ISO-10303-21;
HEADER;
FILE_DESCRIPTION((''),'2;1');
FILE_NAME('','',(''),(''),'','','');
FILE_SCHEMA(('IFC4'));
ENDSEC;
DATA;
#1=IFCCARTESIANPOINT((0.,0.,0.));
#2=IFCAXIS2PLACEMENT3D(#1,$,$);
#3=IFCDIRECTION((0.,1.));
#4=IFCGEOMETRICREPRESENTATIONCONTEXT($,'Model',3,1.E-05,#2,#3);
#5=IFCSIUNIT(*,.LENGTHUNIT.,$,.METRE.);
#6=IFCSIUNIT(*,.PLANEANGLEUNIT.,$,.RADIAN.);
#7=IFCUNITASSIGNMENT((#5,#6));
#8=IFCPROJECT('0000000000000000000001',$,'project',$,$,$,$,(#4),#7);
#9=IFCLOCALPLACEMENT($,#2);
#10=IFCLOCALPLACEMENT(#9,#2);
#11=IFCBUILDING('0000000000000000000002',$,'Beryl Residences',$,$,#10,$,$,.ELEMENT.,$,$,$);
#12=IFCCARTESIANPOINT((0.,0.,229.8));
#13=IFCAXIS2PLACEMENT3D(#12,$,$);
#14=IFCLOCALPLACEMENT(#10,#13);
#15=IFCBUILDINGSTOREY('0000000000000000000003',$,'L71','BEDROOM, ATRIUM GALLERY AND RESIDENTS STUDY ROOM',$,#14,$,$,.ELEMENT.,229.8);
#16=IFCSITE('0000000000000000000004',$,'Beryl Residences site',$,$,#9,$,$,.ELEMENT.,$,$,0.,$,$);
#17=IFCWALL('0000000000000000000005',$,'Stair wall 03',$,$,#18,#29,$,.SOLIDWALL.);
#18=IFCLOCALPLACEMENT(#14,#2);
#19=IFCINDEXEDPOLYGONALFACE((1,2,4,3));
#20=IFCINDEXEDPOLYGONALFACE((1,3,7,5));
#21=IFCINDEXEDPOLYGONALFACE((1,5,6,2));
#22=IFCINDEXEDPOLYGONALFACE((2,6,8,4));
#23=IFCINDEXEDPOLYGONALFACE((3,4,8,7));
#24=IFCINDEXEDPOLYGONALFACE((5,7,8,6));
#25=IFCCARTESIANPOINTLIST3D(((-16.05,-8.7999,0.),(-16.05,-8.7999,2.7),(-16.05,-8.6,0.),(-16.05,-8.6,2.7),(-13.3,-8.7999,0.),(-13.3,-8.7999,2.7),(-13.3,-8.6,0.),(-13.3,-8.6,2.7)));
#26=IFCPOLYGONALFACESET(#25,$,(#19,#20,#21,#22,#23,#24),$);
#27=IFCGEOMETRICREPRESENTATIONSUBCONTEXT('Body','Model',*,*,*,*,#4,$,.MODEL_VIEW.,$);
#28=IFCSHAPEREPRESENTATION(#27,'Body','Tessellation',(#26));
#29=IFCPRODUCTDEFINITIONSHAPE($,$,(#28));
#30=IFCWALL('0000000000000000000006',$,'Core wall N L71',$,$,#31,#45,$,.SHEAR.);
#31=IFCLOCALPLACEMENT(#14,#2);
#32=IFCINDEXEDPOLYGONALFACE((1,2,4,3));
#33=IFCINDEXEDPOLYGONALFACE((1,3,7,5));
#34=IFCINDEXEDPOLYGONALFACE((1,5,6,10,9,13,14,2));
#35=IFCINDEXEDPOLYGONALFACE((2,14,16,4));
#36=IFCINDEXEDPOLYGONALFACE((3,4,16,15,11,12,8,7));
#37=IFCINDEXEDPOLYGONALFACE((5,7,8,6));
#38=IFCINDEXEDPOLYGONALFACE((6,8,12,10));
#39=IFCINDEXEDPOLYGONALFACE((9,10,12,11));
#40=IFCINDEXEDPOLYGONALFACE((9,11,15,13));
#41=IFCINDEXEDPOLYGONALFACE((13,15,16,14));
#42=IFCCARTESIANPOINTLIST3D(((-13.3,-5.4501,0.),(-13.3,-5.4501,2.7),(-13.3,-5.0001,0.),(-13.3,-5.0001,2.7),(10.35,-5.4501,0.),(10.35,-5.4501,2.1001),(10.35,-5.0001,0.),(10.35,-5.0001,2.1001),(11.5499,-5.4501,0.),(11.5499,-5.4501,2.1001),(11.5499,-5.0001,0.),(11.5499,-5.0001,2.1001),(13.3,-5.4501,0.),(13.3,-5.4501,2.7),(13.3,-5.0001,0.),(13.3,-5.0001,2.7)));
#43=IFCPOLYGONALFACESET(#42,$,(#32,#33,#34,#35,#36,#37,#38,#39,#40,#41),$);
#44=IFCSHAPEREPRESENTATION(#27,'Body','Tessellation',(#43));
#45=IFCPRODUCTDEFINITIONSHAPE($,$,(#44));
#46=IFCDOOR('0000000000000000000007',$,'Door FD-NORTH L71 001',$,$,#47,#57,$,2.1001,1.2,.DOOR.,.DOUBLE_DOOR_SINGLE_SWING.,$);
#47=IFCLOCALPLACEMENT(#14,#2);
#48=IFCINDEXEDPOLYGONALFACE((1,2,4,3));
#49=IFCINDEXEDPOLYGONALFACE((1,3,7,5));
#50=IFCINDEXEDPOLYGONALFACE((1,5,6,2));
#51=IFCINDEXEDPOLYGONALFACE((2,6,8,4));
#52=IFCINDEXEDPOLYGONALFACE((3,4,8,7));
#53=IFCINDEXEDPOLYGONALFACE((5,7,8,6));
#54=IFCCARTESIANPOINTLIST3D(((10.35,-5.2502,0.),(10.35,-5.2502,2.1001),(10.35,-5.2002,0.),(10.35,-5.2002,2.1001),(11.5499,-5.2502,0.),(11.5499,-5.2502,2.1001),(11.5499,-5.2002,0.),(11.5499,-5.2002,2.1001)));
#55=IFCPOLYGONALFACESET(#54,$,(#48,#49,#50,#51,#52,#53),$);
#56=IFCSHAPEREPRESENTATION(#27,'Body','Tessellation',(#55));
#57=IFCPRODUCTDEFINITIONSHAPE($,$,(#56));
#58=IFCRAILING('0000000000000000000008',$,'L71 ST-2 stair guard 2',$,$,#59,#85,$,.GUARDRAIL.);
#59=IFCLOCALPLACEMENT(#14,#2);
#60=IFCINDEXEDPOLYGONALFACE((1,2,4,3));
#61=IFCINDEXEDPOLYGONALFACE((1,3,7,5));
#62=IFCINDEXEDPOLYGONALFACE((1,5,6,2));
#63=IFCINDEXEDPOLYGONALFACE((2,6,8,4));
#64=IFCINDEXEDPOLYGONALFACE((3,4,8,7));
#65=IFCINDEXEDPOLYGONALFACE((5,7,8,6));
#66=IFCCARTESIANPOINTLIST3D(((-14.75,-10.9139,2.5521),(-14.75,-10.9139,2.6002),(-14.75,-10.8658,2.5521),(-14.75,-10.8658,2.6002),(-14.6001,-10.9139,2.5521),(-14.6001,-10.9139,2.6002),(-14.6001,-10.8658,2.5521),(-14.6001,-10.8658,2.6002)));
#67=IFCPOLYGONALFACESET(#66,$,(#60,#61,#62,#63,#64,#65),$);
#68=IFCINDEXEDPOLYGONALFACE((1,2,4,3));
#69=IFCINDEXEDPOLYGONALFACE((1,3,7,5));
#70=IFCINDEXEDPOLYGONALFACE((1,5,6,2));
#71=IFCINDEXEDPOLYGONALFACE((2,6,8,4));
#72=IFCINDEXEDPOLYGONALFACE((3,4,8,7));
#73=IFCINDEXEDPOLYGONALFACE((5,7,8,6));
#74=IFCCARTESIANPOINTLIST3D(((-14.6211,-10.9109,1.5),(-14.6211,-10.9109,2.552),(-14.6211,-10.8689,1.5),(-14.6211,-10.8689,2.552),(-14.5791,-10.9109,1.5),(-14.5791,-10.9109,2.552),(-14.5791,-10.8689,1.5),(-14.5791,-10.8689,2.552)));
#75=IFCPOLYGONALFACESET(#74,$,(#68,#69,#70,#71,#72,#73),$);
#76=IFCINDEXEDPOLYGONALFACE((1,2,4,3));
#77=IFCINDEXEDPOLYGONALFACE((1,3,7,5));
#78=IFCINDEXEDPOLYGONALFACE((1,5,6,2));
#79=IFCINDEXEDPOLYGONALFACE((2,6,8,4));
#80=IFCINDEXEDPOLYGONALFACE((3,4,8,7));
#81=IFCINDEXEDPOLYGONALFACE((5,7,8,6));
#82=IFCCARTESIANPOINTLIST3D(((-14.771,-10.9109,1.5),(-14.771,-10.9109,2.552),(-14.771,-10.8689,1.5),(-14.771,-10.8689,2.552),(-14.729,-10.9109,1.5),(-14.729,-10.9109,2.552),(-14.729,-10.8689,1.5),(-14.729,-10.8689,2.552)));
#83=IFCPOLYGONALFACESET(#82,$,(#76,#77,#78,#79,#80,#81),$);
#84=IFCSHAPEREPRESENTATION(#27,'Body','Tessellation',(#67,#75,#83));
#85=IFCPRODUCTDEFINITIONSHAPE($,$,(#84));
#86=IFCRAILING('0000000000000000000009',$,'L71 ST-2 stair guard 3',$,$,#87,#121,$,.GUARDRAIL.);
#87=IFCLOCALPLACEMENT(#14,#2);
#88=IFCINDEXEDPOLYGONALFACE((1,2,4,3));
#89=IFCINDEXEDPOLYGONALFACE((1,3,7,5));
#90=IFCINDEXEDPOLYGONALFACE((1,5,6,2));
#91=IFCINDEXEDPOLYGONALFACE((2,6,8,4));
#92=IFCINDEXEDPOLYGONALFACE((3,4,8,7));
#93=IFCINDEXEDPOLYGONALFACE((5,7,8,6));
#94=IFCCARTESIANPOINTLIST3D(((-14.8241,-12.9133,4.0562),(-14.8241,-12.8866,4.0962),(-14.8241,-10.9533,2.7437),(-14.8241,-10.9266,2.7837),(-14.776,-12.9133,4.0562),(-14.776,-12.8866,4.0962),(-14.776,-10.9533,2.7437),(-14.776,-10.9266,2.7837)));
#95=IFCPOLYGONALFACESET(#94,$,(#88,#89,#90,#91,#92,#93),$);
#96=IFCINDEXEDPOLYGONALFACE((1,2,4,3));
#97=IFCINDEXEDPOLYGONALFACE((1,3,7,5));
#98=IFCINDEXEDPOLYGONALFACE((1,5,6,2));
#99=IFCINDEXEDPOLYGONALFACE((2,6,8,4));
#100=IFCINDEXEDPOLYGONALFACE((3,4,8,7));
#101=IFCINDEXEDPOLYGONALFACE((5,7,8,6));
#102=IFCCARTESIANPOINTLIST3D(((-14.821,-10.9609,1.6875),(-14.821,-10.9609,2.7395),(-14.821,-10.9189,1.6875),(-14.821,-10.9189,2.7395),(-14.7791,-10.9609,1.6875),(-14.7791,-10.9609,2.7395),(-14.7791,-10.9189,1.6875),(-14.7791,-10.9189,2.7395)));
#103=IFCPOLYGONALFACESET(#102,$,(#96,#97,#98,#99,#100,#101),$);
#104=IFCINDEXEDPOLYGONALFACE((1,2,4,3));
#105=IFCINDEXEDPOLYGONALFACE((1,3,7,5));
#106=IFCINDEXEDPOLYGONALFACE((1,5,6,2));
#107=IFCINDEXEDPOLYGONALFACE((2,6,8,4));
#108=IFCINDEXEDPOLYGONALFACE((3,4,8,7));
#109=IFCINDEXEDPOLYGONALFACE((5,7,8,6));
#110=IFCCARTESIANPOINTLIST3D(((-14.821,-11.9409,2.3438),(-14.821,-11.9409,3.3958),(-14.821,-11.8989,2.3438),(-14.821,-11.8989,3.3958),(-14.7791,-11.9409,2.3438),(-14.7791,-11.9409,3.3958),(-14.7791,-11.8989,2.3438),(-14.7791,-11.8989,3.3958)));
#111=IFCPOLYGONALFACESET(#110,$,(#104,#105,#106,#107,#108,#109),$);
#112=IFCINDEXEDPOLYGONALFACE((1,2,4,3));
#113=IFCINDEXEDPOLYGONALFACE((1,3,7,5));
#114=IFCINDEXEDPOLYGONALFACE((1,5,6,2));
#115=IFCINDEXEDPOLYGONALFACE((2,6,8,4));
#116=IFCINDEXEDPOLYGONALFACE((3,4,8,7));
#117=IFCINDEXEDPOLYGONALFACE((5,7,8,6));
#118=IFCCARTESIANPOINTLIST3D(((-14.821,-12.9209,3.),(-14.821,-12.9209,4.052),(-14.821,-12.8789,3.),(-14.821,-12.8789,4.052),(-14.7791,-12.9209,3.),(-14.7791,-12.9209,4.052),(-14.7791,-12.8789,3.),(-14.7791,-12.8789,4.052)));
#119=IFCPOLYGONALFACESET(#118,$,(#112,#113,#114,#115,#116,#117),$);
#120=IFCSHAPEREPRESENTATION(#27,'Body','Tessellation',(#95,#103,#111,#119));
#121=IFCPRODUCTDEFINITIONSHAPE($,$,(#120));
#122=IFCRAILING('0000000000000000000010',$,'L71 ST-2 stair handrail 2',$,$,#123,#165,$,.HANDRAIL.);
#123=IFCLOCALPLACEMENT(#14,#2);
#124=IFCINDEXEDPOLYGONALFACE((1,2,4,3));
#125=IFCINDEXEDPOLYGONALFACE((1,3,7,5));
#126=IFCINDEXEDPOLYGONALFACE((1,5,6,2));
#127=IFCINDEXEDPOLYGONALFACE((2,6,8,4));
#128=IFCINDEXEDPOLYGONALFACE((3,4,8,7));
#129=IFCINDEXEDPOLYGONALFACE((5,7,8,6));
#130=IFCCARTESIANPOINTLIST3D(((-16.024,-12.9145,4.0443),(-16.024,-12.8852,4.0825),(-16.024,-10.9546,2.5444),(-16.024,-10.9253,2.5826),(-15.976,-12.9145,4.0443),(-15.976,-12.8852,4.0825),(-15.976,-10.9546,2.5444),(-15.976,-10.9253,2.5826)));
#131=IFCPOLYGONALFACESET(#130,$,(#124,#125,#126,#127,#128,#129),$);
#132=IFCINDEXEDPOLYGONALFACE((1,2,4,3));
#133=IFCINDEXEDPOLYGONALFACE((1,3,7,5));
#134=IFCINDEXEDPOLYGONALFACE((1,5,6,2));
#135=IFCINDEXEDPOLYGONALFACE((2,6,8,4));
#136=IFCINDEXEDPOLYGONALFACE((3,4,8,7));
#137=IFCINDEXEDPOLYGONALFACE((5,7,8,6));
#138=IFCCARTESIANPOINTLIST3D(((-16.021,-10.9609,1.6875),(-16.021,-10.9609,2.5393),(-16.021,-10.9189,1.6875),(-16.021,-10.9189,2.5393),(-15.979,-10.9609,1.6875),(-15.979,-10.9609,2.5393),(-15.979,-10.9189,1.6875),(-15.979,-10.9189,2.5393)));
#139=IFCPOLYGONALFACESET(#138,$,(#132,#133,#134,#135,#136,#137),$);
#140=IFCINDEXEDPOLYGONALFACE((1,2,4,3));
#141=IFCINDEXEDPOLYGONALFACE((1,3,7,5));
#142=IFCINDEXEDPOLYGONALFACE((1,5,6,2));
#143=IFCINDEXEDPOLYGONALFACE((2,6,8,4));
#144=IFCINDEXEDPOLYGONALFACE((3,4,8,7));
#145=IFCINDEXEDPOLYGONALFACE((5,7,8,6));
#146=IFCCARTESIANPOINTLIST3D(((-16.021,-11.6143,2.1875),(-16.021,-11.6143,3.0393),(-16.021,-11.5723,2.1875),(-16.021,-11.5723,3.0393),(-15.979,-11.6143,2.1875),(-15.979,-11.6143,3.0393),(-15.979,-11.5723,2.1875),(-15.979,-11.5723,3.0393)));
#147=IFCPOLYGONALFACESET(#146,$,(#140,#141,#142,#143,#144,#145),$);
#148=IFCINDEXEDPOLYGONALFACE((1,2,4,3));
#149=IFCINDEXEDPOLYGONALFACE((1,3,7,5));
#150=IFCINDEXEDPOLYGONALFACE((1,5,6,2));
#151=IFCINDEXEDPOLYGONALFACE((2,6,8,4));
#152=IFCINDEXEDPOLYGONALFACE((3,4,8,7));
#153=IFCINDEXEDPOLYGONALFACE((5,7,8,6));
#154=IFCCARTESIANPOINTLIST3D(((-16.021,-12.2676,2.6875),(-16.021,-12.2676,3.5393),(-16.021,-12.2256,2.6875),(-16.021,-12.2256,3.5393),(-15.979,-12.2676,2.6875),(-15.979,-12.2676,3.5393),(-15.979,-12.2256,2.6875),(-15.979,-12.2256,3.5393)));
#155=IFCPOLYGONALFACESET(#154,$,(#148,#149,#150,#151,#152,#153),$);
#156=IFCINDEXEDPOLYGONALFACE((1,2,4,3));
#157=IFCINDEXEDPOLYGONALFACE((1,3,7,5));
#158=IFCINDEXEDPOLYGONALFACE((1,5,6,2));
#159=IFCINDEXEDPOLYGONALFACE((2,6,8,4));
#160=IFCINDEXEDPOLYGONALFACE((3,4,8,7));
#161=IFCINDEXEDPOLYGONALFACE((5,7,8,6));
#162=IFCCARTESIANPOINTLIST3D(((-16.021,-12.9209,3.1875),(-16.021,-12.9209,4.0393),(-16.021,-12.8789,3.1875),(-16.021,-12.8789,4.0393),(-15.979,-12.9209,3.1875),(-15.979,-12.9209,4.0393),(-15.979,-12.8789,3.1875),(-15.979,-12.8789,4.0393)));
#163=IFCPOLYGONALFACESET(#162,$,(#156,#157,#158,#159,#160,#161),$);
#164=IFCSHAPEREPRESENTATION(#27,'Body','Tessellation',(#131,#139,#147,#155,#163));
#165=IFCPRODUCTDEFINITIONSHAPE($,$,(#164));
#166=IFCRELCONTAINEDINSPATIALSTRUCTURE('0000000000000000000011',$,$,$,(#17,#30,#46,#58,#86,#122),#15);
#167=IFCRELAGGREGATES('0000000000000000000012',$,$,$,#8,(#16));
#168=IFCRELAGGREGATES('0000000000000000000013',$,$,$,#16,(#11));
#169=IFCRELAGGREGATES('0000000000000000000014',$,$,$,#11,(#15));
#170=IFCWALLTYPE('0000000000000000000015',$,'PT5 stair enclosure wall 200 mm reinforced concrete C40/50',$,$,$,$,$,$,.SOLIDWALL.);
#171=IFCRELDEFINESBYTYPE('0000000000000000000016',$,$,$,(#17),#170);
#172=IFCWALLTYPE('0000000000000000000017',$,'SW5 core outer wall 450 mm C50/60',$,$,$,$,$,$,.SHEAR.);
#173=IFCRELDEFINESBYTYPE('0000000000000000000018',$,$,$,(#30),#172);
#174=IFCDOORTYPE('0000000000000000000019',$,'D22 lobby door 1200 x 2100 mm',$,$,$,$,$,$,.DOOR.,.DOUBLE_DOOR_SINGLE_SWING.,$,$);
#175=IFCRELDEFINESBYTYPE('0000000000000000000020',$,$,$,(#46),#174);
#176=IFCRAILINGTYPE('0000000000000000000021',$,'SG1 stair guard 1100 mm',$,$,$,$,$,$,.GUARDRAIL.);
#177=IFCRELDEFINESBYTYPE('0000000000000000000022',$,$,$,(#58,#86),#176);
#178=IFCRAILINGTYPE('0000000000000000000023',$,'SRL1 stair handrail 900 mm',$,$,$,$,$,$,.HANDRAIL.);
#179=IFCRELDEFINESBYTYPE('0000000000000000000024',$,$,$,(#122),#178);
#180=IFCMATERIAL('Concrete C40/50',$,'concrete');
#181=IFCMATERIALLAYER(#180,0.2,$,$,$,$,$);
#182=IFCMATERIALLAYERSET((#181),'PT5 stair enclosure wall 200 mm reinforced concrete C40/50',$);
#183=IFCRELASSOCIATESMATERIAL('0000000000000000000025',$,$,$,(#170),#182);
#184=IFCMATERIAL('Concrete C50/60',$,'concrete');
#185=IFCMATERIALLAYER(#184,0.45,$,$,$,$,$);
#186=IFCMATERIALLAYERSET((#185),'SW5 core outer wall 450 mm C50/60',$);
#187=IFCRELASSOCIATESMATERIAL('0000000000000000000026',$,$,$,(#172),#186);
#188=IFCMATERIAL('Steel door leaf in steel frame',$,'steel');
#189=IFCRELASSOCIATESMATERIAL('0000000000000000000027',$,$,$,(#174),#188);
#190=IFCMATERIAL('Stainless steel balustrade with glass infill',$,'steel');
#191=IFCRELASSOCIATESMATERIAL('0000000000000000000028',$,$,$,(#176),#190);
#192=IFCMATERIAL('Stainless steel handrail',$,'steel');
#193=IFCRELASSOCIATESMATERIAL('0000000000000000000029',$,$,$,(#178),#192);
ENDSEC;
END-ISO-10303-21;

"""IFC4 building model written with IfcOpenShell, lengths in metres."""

from ifc_helpers import new_model, si_unit, direction, frame, frame_2d, origin, origin_2d, place, context, subcontext, project, spatial, rectangle, extrude, material, layer, layer_set, type_object, element, fill, save


model = new_model("IFC4")

# Units and contexts
model_context = context("Model", 3, precision=1e-05, world=origin(), true_north=direction((0.0, 1.0)))
body_context = subcontext(model_context, "Body", "Model", "MODEL_VIEW")
ifc_project = project(units=[si_unit("LENGTHUNIT", "METRE"), si_unit("PLANEANGLEUNIT", "RADIAN")], contexts=[model_context])

# Site, building, storey
site_placement = place(None, origin())
site = spatial("IfcSite", under=ifc_project, at=site_placement, Name="Beryl Residences site", CompositionType="ELEMENT", RefElevation=0.0)
building_placement = place(site_placement, origin())
building = spatial("IfcBuilding", under=site, at=building_placement, Name="Beryl Residences", CompositionType="ELEMENT")
storey_placement = place(building_placement, frame((0.0, 0.0, 229.8)))
storey = spatial("IfcBuildingStorey", under=building, at=storey_placement, Name="L71", Description="BEDROOM, ATRIUM GALLERY AND RESIDENTS STUDY ROOM", CompositionType="ELEMENT", Elevation=229.8)

# Wall
ifc_material_1 = material(Name="Concrete C40/50", Category="concrete")
ifc_layer_1 = layer(ifc_material_1, 0.2)
ifc_layer_set_1 = layer_set([ifc_layer_1], Name="PT5 stair enclosure wall 200 mm reinforced concrete C40/50")
wall_type_1 = type_object("IfcWallType", Name="PT5 stair enclosure wall 200 mm reinforced concrete C40/50", PredefinedType="SOLIDWALL", material=ifc_layer_set_1)
wall_1_placement = place(storey_placement, frame((-16.05, -8.7, 0.0), z_axis=(0.0, 0.0, 1.0), x_axis=(1.0, 0.0, 0.0)))
element("IfcWall", 1, at=wall_1_placement, inside=storey, type_object=wall_type_1, Name="Stair wall 03", PredefinedType="SOLIDWALL", context=body_context, shape_type="SweptSolid", body=[
    extrude(rectangle(XDim=2.75, YDim=0.2, at=frame_2d((1.375, 0.0))), origin(), (0.0, 0.0, 1.0), 2.7),
])

# Wall, opening, door
ifc_material_2 = material(Name="Concrete C50/60", Category="concrete")
ifc_layer_2 = layer(ifc_material_2, 0.45)
ifc_layer_set_2 = layer_set([ifc_layer_2], Name="SW5 core outer wall 450 mm C50/60")
wall_type_2 = type_object("IfcWallType", Name="SW5 core outer wall 450 mm C50/60", PredefinedType="SHEAR", material=ifc_layer_set_2)
wall_2_placement = place(storey_placement, frame((-13.3, -5.2251, 0.0), z_axis=(0.0, 0.0, 1.0), x_axis=(1.0, 0.0, 0.0)))
wall_2 = element("IfcWall", 2, at=wall_2_placement, inside=storey, type_object=wall_type_2, Name="Core wall N L71", PredefinedType="SHEAR", context=body_context, shape_type="SweptSolid", body=[
    extrude(rectangle(XDim=26.6001, YDim=0.45, at=frame_2d((13.3, 0.0))), origin(), (0.0, 0.0, 1.0), 2.7),
])
opening_1_placement = place(wall_2_placement, frame((23.6499, 0.0, 0.0)))
opening_1 = element("IfcOpeningElement", 3, at=opening_1_placement, cuts=wall_2, PredefinedType="OPENING", context=body_context, shape_type="SweptSolid", body=[
    extrude(rectangle(XDim=1.2, YDim=2.1001, at=frame_2d((0.6001, 1.05))), frame((0.0, 0.2349, 0.0), z_axis=(0.0, -1.0, 0.0), x_axis=(1.0, 0.0, 0.0)), (0.0, 0.0, 1.0), 0.47),
])
ifc_material_3 = material(Name="Steel door leaf in steel frame", Category="steel")
door_type_1 = type_object("IfcDoorType", Name="D22 lobby door 1200 x 2100 mm", OperationType="DOUBLE_DOOR_SINGLE_SWING", PredefinedType="DOOR", material=ifc_material_3)
door_1_placement = place(opening_1_placement, origin())
door_1 = element("IfcDoor", 4, at=door_1_placement, inside=storey, type_object=door_type_1, Name="Door FD-NORTH L71 001", OperationType="DOUBLE_DOOR_SINGLE_SWING", OverallHeight=2.1001, OverallWidth=1.2, PredefinedType="DOOR", context=body_context, shape_type="SweptSolid", body=[
    extrude(rectangle(XDim=1.2, YDim=2.1001, at=frame_2d((0.6001, 1.05))), frame((0.0, 0.0249, 0.0), z_axis=(0.0, -1.0, 0.0), x_axis=(1.0, 0.0, 0.0)), (0.0, 0.0, 1.0), 0.05),
])
fill(opening_1, door_1)

# Railings
ifc_material_4 = material(Name="Stainless steel balustrade with glass infill", Category="steel")
railing_type_1 = type_object("IfcRailingType", Name="SG1 stair guard 1100 mm", PredefinedType="GUARDRAIL", material=ifc_material_4)
railing_1_placement = place(storey_placement, frame((-14.6001, -10.8899, 1.5)))
element("IfcRailing", 5, at=railing_1_placement, inside=storey, type_object=railing_type_1, Name="L71 ST-2 stair guard 2", PredefinedType="GUARDRAIL", context=body_context, shape_type="SweptSolid", body=[
    extrude(rectangle(XDim=0.0481, YDim=0.0481, at=origin_2d()), frame((0.0, 0.0, 1.0762), z_axis=(-1.0, 0.0, 0.0), x_axis=(0.0, -1.0, 0.0)), (0.0, 0.0, 1.0), 0.1499),
    extrude(rectangle(XDim=0.042, YDim=0.042, at=origin_2d()), origin(), (0.0, 0.0, 1.0), 1.052),
    extrude(rectangle(XDim=0.042, YDim=0.042, at=origin_2d()), frame((-0.1499, 0.0, 0.0)), (0.0, 0.0, 1.0), 1.052),
])
railing_2_placement = place(storey_placement, frame((-14.8, -10.9399, 1.6875)))
element("IfcRailing", 6, at=railing_2_placement, inside=storey, type_object=railing_type_1, Name="L71 ST-2 stair guard 3", PredefinedType="GUARDRAIL", context=body_context, shape_type="SweptSolid", body=[
    extrude(rectangle(XDim=0.0481, YDim=0.0481, at=origin_2d()), frame((0.0, 0.0, 1.0762), z_axis=(0.0, -0.830902, 0.556419), x_axis=(1.0, 0.0, 0.0)), (0.0, 0.0, 1.0), 2.3589),
    extrude(rectangle(XDim=0.042, YDim=0.042, at=origin_2d()), origin(), (0.0, 0.0, 1.0), 1.052),
    extrude(rectangle(XDim=0.042, YDim=0.042, at=origin_2d()), frame((0.0, -0.98, 0.6562)), (0.0, 0.0, 1.0), 1.052),
    extrude(rectangle(XDim=0.042, YDim=0.042, at=origin_2d()), frame((0.0, -1.96, 1.3125)), (0.0, 0.0, 1.0), 1.052),
])
ifc_material_5 = material(Name="Stainless steel handrail", Category="steel")
railing_type_2 = type_object("IfcRailingType", Name="SRL1 stair handrail 900 mm", PredefinedType="HANDRAIL", material=ifc_material_5)
railing_3_placement = place(storey_placement, frame((-16.0, -10.9399, 1.6875)))
element("IfcRailing", 7, at=railing_3_placement, inside=storey, type_object=railing_type_2, Name="L71 ST-2 stair handrail 2", PredefinedType="HANDRAIL", context=body_context, shape_type="SweptSolid", body=[
    extrude(rectangle(XDim=0.0481, YDim=0.0481, at=origin_2d()), frame((0.0, 0.0, 0.876), z_axis=(0.0, -0.794122, 0.607758), x_axis=(1.0, 0.0, 0.0)), (0.0, 0.0, 1.0), 2.468),
    extrude(rectangle(XDim=0.042, YDim=0.042, at=origin_2d()), origin(), (0.0, 0.0, 1.0), 0.8518),
    extrude(rectangle(XDim=0.042, YDim=0.042, at=origin_2d()), frame((0.0, -0.6533, 0.5)), (0.0, 0.0, 1.0), 0.8518),
    extrude(rectangle(XDim=0.042, YDim=0.042, at=origin_2d()), frame((0.0, -1.3066, 1.0)), (0.0, 0.0, 1.0), 0.8518),
    extrude(rectangle(XDim=0.042, YDim=0.042, at=origin_2d()), frame((0.0, -1.96, 1.5)), (0.0, 0.0, 1.0), 0.8518),
])

save(model, "model.ifc")
